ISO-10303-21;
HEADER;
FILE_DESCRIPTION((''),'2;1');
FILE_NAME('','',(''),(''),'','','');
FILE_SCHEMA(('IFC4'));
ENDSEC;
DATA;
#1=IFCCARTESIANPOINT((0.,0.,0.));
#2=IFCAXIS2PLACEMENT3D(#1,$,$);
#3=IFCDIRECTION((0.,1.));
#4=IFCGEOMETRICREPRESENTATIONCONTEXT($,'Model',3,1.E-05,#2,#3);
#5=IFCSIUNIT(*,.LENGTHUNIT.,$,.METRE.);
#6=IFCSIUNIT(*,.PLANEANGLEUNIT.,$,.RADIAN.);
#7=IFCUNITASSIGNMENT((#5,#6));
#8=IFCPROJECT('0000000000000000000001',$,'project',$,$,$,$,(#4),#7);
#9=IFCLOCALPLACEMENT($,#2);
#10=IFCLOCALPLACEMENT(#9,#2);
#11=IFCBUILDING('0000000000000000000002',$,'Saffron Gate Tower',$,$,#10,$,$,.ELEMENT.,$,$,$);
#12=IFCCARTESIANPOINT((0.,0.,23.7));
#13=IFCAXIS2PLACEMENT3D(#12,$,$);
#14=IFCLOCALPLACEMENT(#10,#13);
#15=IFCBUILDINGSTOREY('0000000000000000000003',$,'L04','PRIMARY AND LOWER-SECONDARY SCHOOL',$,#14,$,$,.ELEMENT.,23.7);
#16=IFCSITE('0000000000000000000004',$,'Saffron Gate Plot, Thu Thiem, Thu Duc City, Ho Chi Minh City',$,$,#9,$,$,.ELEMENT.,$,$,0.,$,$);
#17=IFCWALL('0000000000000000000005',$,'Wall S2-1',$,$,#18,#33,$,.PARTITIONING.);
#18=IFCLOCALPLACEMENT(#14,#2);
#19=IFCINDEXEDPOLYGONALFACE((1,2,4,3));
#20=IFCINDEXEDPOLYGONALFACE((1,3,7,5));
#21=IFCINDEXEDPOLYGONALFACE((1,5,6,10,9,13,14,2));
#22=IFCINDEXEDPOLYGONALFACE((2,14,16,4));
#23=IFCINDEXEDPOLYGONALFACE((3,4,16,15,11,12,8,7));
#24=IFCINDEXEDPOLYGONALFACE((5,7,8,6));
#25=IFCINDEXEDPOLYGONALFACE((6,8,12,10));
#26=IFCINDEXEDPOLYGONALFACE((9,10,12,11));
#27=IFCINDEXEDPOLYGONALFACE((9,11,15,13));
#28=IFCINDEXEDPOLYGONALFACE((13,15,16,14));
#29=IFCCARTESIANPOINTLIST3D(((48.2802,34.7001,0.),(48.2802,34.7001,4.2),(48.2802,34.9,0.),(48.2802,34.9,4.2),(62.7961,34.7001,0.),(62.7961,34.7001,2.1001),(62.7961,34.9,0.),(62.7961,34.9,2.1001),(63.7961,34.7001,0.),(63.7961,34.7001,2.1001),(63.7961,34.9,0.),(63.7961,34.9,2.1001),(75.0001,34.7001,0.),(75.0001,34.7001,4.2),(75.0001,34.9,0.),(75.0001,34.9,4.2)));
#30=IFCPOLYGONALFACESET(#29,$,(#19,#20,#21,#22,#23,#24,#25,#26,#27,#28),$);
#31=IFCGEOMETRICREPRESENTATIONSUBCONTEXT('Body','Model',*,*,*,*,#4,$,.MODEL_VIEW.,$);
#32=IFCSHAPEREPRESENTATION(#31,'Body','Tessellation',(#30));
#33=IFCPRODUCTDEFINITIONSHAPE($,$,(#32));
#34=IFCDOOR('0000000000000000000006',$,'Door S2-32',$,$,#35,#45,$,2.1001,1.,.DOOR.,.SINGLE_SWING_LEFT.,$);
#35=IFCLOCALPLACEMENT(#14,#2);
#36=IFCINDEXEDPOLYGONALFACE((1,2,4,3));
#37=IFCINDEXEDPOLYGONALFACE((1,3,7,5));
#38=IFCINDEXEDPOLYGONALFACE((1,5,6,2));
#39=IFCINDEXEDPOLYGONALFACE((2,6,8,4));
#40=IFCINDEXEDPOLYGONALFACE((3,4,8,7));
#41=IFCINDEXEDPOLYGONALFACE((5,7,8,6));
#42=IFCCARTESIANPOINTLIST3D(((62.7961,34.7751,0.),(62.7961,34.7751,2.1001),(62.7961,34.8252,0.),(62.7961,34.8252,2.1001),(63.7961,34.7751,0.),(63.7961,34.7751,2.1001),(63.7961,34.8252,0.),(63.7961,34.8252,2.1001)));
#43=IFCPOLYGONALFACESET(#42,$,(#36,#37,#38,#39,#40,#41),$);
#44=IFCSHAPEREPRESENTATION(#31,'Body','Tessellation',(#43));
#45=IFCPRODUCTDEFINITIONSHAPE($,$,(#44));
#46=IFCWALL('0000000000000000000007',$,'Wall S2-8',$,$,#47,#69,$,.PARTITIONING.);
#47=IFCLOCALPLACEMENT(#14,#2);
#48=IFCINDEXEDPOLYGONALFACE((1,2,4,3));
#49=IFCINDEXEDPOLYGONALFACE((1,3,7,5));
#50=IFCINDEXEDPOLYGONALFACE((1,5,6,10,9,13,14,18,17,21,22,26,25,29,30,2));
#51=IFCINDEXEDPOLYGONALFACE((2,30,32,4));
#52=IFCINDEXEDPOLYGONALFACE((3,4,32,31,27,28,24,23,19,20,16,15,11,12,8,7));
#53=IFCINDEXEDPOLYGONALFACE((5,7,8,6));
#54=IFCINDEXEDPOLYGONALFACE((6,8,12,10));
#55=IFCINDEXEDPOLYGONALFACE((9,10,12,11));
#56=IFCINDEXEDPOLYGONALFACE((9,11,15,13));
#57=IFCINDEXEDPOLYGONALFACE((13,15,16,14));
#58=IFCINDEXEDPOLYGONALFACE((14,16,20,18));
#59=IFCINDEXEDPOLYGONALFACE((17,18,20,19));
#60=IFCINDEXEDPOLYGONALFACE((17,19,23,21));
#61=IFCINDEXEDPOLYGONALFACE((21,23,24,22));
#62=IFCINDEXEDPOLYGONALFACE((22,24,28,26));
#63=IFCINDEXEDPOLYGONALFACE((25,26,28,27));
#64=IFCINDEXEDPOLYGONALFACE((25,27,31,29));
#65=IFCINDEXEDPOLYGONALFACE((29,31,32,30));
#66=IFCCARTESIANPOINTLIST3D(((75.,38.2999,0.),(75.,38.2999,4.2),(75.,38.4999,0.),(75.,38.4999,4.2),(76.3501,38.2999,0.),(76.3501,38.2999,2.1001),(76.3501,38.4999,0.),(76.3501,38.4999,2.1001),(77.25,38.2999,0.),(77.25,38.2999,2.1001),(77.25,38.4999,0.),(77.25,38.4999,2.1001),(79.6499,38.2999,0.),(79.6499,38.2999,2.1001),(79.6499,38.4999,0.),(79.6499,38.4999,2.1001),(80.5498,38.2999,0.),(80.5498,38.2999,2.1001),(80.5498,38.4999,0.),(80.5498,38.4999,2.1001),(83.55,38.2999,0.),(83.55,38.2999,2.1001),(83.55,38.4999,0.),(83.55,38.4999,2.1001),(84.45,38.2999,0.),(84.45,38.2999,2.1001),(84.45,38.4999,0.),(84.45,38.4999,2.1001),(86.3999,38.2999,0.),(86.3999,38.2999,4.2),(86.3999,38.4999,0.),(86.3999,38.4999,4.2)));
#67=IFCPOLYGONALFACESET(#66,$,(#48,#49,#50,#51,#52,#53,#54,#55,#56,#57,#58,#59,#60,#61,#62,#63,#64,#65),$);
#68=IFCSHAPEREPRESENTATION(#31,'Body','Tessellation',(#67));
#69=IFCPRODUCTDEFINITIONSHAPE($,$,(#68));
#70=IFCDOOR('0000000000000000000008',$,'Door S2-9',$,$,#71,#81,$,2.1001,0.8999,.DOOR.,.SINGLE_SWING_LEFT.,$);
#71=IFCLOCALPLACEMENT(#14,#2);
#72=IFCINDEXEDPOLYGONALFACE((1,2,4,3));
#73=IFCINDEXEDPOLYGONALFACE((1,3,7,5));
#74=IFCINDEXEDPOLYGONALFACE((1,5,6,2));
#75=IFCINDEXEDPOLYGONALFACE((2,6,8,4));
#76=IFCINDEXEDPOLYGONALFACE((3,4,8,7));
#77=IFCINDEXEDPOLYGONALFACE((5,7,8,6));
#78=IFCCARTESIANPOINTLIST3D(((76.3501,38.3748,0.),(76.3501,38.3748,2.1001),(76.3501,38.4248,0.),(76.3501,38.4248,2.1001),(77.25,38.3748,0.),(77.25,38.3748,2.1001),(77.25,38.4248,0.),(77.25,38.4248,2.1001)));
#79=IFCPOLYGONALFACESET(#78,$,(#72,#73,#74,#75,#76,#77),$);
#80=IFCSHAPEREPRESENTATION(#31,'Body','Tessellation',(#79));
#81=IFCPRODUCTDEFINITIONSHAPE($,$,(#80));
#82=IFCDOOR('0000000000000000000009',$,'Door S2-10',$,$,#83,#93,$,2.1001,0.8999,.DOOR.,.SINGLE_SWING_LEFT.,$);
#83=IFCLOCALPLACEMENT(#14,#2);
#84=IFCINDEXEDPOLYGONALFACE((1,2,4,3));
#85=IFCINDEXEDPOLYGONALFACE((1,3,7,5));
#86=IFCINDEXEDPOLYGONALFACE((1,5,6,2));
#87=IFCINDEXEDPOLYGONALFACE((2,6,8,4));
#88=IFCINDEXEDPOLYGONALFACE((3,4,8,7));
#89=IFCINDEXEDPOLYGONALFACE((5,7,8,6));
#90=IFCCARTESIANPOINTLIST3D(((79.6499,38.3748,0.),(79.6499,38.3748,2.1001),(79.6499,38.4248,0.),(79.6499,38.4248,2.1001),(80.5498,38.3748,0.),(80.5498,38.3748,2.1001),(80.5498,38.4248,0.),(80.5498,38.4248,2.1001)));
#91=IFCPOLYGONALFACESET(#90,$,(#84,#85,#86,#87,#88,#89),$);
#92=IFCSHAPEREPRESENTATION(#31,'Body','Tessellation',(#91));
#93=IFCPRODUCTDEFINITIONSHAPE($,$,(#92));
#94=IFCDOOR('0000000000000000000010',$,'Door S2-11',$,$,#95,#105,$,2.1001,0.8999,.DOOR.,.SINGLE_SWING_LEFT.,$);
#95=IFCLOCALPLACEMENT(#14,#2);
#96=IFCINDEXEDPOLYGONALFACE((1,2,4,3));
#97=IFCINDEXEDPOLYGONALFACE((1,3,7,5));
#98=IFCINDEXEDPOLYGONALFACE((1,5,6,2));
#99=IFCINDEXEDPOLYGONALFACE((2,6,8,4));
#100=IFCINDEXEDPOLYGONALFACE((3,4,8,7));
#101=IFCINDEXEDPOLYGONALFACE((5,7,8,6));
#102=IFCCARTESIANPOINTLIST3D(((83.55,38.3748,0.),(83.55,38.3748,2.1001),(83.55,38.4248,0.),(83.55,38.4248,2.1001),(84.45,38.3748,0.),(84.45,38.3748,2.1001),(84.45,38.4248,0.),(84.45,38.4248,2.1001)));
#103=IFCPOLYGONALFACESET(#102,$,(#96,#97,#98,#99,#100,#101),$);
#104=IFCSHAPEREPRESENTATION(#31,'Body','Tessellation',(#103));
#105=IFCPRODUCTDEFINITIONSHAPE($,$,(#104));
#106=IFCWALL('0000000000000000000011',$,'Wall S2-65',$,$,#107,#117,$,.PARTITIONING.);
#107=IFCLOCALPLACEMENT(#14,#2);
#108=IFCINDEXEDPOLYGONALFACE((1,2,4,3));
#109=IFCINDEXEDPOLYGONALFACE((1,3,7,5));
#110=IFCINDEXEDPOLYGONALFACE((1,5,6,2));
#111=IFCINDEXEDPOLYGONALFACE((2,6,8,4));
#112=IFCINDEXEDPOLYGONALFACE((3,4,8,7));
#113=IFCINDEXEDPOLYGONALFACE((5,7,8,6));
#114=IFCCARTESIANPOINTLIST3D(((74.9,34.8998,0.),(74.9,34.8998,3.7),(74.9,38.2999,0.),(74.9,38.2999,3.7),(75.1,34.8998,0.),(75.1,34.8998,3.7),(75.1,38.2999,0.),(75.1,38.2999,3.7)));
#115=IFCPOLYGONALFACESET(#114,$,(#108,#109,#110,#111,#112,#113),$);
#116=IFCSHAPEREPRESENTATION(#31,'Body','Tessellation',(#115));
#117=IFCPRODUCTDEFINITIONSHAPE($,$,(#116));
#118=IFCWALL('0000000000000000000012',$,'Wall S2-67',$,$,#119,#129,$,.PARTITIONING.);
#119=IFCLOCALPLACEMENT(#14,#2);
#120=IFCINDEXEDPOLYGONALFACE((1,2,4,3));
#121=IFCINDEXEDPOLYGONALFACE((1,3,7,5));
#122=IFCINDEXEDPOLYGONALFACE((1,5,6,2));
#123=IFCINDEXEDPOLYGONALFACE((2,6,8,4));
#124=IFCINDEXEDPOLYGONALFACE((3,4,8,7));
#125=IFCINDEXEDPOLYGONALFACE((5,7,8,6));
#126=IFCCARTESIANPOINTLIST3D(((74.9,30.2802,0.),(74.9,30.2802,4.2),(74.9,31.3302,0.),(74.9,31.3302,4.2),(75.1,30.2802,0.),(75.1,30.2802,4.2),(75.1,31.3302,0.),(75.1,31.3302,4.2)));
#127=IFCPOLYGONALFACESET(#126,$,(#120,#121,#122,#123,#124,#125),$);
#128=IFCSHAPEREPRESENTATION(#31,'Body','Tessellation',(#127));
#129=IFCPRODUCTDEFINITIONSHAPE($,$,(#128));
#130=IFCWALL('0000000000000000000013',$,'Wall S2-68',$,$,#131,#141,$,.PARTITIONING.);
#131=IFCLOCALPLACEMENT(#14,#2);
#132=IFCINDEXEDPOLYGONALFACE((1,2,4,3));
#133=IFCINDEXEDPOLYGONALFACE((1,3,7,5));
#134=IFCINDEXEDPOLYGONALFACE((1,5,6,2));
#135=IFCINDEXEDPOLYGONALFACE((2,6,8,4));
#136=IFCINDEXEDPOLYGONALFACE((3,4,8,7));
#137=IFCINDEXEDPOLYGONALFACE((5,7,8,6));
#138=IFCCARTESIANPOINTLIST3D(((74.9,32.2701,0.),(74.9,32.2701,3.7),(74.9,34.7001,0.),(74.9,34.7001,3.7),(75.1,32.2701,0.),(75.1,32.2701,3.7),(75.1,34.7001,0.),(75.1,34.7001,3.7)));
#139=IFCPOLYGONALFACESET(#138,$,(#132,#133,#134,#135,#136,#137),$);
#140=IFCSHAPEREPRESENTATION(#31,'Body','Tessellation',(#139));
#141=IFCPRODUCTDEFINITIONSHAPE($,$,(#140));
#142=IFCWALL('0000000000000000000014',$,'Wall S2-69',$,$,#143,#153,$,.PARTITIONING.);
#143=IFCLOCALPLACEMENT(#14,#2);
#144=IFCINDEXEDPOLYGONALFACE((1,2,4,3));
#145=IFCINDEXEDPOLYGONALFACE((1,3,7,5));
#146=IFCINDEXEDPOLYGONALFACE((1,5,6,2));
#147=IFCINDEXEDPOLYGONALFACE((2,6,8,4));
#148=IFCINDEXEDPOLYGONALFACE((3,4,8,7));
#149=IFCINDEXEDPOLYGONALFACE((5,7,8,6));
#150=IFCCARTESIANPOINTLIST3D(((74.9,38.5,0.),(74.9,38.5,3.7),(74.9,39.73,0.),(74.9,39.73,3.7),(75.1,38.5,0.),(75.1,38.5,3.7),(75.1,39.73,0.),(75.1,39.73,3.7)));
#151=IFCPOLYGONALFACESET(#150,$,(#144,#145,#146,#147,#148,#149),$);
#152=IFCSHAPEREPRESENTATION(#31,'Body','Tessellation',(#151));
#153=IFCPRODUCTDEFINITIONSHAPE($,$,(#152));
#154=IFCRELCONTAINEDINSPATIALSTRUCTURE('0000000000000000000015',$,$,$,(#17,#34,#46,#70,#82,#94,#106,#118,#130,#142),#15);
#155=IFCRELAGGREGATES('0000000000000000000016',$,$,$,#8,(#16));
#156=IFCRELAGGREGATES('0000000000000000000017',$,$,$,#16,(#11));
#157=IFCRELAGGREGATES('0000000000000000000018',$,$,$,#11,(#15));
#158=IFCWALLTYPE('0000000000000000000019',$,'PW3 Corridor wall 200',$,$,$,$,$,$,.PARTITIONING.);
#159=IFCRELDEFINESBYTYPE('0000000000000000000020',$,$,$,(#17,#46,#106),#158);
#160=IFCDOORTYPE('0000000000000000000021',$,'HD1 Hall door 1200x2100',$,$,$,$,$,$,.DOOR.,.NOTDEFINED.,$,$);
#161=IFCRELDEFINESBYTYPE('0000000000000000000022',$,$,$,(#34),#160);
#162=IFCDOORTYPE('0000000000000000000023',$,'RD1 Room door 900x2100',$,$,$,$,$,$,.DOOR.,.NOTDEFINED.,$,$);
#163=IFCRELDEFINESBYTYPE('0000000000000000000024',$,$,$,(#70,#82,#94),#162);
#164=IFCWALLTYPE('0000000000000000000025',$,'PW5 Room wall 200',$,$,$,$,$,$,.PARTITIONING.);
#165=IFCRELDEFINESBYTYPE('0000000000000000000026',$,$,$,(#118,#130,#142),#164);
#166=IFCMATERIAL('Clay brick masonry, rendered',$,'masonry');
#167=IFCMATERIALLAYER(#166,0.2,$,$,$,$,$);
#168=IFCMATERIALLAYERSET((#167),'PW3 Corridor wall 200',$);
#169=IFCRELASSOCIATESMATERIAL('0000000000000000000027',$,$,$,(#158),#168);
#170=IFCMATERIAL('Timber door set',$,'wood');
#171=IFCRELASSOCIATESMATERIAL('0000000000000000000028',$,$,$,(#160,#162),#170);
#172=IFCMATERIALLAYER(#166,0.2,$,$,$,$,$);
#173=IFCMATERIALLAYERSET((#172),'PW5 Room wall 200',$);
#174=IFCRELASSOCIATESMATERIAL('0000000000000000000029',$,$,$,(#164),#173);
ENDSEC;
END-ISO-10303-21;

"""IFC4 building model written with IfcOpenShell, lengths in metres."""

from ifc_helpers import new_model, si_unit, direction, frame, frame_2d, origin, place, context, subcontext, project, spatial, rectangle, extrude, material, layer, layer_set, type_object, element, fill, save


model = new_model("IFC4")

# Units and contexts
model_context = context("Model", 3, precision=1e-05, world=origin(), true_north=direction((0.0, 1.0)))
body_context = subcontext(model_context, "Body", "Model", "MODEL_VIEW")
ifc_project = project(units=[si_unit("LENGTHUNIT", "METRE"), si_unit("PLANEANGLEUNIT", "RADIAN")], contexts=[model_context])

# Site, building, storey
site_placement = place(None, origin())
site = spatial("IfcSite", under=ifc_project, at=site_placement, Name="Saffron Gate Plot, Thu Thiem, Thu Duc City, Ho Chi Minh City", CompositionType="ELEMENT", RefElevation=0.0)
building_placement = place(site_placement, origin())
building = spatial("IfcBuilding", under=site, at=building_placement, Name="Saffron Gate Tower", CompositionType="ELEMENT")
storey_placement = place(building_placement, frame((0.0, 0.0, 23.7)))
storey = spatial("IfcBuildingStorey", under=building, at=storey_placement, Name="L04", Description="PRIMARY AND LOWER-SECONDARY SCHOOL", CompositionType="ELEMENT", Elevation=23.7)

# Wall, opening, door
ifc_material_1 = material(Name="Clay brick masonry, rendered", Category="masonry")
ifc_layer_1 = layer(ifc_material_1, 0.2)
ifc_layer_set_1 = layer_set([ifc_layer_1], Name="PW3 Corridor wall 200")
wall_type_1 = type_object("IfcWallType", Name="PW3 Corridor wall 200", PredefinedType="PARTITIONING", material=ifc_layer_set_1)
wall_1_placement = place(storey_placement, frame((75.0, 34.8, 0.0), z_axis=(0.0, 0.0, 1.0), x_axis=(-1.0, 0.0, 0.0)))
wall_1 = element("IfcWall", 1, at=wall_1_placement, inside=storey, type_object=wall_type_1, Name="Wall S2-1", PredefinedType="PARTITIONING", context=body_context, shape_type="SweptSolid", body=[
    extrude(rectangle(XDim=26.72, YDim=0.2, at=frame_2d((13.3599, 0.0))), origin(), (0.0, 0.0, 1.0), 4.2),
])
opening_1_placement = place(wall_1_placement, frame((11.2039, 0.0, 0.0)))
opening_1 = element("IfcOpeningElement", 2, at=opening_1_placement, cuts=wall_1, PredefinedType="OPENING", context=body_context, shape_type="SweptSolid", body=[
    extrude(rectangle(XDim=1.0, YDim=2.1001, at=frame_2d((0.5, 1.05))), frame((0.0, 0.1099, 0.0), z_axis=(0.0, -1.0, 0.0), x_axis=(1.0, 0.0, 0.0)), (0.0, 0.0, 1.0), 0.22),
])
ifc_material_2 = material(Name="Timber door set", Category="wood")
door_type_1 = type_object("IfcDoorType", Name="HD1 Hall door 1200x2100", OperationType="NOTDEFINED", PredefinedType="DOOR", material=ifc_material_2)
door_1_placement = place(opening_1_placement, origin())
door_1 = element("IfcDoor", 3, at=door_1_placement, inside=storey, type_object=door_type_1, Name="Door S2-32", OperationType="SINGLE_SWING_LEFT", OverallHeight=2.1001, OverallWidth=1.0, PredefinedType="DOOR", context=body_context, shape_type="SweptSolid", body=[
    extrude(rectangle(XDim=1.0, YDim=2.1001, at=frame_2d((0.5, 1.05))), frame((0.0, 0.0249, 0.0), z_axis=(0.0, -1.0, 0.0), x_axis=(1.0, 0.0, 0.0)), (0.0, 0.0, 1.0), 0.05),
])
fill(opening_1, door_1)

# Wall, openings, doors
wall_2_placement = place(storey_placement, frame((75.0, 38.3999, 0.0), z_axis=(0.0, 0.0, 1.0), x_axis=(1.0, 0.0, 0.0)))
wall_2 = element("IfcWall", 4, at=wall_2_placement, inside=storey, type_object=wall_type_1, Name="Wall S2-8", PredefinedType="PARTITIONING", context=body_context, shape_type="SweptSolid", body=[
    extrude(rectangle(XDim=11.3999, YDim=0.2, at=frame_2d((5.7, 0.0))), origin(), (0.0, 0.0, 1.0), 4.2),
])
opening_2_placement = place(wall_2_placement, frame((1.3501, 0.0, 0.0)))
opening_2 = element("IfcOpeningElement", 5, at=opening_2_placement, cuts=wall_2, PredefinedType="OPENING", context=body_context, shape_type="SweptSolid", body=[
    extrude(rectangle(XDim=0.8999, YDim=2.1001, at=frame_2d((0.45, 1.05))), frame((0.0, 0.1099, 0.0), z_axis=(0.0, -1.0, 0.0), x_axis=(1.0, 0.0, 0.0)), (0.0, 0.0, 1.0), 0.22),
])
opening_3_placement = place(wall_2_placement, frame((4.6499, 0.0, 0.0)))
opening_3 = element("IfcOpeningElement", 6, at=opening_3_placement, cuts=wall_2, PredefinedType="OPENING", context=body_context, shape_type="SweptSolid", body=[
    extrude(rectangle(XDim=0.8999, YDim=2.1001, at=frame_2d((0.45, 1.05))), frame((0.0, 0.1099, 0.0), z_axis=(0.0, -1.0, 0.0), x_axis=(1.0, 0.0, 0.0)), (0.0, 0.0, 1.0), 0.22),
])
opening_4_placement = place(wall_2_placement, frame((8.55, 0.0, 0.0)))
opening_4 = element("IfcOpeningElement", 7, at=opening_4_placement, cuts=wall_2, PredefinedType="OPENING", context=body_context, shape_type="SweptSolid", body=[
    extrude(rectangle(XDim=0.8999, YDim=2.1001, at=frame_2d((0.45, 1.05))), frame((0.0, 0.1099, 0.0), z_axis=(0.0, -1.0, 0.0), x_axis=(1.0, 0.0, 0.0)), (0.0, 0.0, 1.0), 0.22),
])
door_type_2 = type_object("IfcDoorType", Name="RD1 Room door 900x2100", OperationType="NOTDEFINED", PredefinedType="DOOR", material=ifc_material_2)
door_2_placement = place(opening_2_placement, origin())
door_2 = element("IfcDoor", 8, at=door_2_placement, inside=storey, type_object=door_type_2, Name="Door S2-9", OperationType="SINGLE_SWING_LEFT", OverallHeight=2.1001, OverallWidth=0.8999, PredefinedType="DOOR", context=body_context, shape_type="SweptSolid", body=[
    extrude(rectangle(XDim=0.8999, YDim=2.1001, at=frame_2d((0.45, 1.05))), frame((0.0, 0.0249, 0.0), z_axis=(0.0, -1.0, 0.0), x_axis=(1.0, 0.0, 0.0)), (0.0, 0.0, 1.0), 0.05),
])
fill(opening_2, door_2)
door_3_placement = place(opening_3_placement, origin())
door_3 = element("IfcDoor", 9, at=door_3_placement, inside=storey, type_object=door_type_2, Name="Door S2-10", OperationType="SINGLE_SWING_LEFT", OverallHeight=2.1001, OverallWidth=0.8999, PredefinedType="DOOR", context=body_context, shape_type="SweptSolid", body=[
    extrude(rectangle(XDim=0.8999, YDim=2.1001, at=frame_2d((0.45, 1.05))), frame((0.0, 0.0249, 0.0), z_axis=(0.0, -1.0, 0.0), x_axis=(1.0, 0.0, 0.0)), (0.0, 0.0, 1.0), 0.05),
])
fill(opening_3, door_3)
door_4_placement = place(opening_4_placement, origin())
door_4 = element("IfcDoor", 10, at=door_4_placement, inside=storey, type_object=door_type_2, Name="Door S2-11", OperationType="SINGLE_SWING_LEFT", OverallHeight=2.1001, OverallWidth=0.8999, PredefinedType="DOOR", context=body_context, shape_type="SweptSolid", body=[
    extrude(rectangle(XDim=0.8999, YDim=2.1001, at=frame_2d((0.45, 1.05))), frame((0.0, 0.0249, 0.0), z_axis=(0.0, -1.0, 0.0), x_axis=(1.0, 0.0, 0.0)), (0.0, 0.0, 1.0), 0.05),
])
fill(opening_4, door_4)

# Walls
wall_3_placement = place(storey_placement, frame((75.0, 38.3, 0.0), z_axis=(0.0, 0.0, 1.0), x_axis=(0.0, -1.0, 0.0)))
element("IfcWall", 11, at=wall_3_placement, inside=storey, type_object=wall_type_1, Name="Wall S2-65", PredefinedType="PARTITIONING", context=body_context, shape_type="SweptSolid", body=[
    extrude(rectangle(XDim=3.4001, YDim=0.2, at=frame_2d((1.7002, 0.0))), origin(), (0.0, 0.0, 1.0), 3.7),
])
ifc_layer_2 = layer(ifc_material_1, 0.2)
ifc_layer_set_2 = layer_set([ifc_layer_2], Name="PW5 Room wall 200")
wall_type_2 = type_object("IfcWallType", Name="PW5 Room wall 200", PredefinedType="PARTITIONING", material=ifc_layer_set_2)
wall_4_placement = place(storey_placement, frame((75.0, 31.3301, 0.0), z_axis=(0.0, 0.0, 1.0), x_axis=(0.0, -1.0, 0.0)))
element("IfcWall", 12, at=wall_4_placement, inside=storey, type_object=wall_type_2, Name="Wall S2-67", PredefinedType="PARTITIONING", context=body_context, shape_type="SweptSolid", body=[
    extrude(rectangle(XDim=1.05, YDim=0.2, at=frame_2d((0.5249, 0.0))), origin(), (0.0, 0.0, 1.0), 4.2),
])
wall_5_placement = place(storey_placement, frame((75.0, 34.7, 0.0), z_axis=(0.0, 0.0, 1.0), x_axis=(0.0, -1.0, 0.0)))
element("IfcWall", 13, at=wall_5_placement, inside=storey, type_object=wall_type_2, Name="Wall S2-68", PredefinedType="PARTITIONING", context=body_context, shape_type="SweptSolid", body=[
    extrude(rectangle(XDim=2.4299, YDim=0.2, at=frame_2d((1.2148, 0.0))), origin(), (0.0, 0.0, 1.0), 3.7),
])
wall_6_placement = place(storey_placement, frame((75.0, 39.73, 0.0), z_axis=(0.0, 0.0, 1.0), x_axis=(0.0, -1.0, 0.0)))
element("IfcWall", 14, at=wall_6_placement, inside=storey, type_object=wall_type_2, Name="Wall S2-69", PredefinedType="PARTITIONING", context=body_context, shape_type="SweptSolid", body=[
    extrude(rectangle(XDim=1.23, YDim=0.2, at=frame_2d((0.615, 0.0))), origin(), (0.0, 0.0, 1.0), 3.7),
])

save(model, "model.ifc")
